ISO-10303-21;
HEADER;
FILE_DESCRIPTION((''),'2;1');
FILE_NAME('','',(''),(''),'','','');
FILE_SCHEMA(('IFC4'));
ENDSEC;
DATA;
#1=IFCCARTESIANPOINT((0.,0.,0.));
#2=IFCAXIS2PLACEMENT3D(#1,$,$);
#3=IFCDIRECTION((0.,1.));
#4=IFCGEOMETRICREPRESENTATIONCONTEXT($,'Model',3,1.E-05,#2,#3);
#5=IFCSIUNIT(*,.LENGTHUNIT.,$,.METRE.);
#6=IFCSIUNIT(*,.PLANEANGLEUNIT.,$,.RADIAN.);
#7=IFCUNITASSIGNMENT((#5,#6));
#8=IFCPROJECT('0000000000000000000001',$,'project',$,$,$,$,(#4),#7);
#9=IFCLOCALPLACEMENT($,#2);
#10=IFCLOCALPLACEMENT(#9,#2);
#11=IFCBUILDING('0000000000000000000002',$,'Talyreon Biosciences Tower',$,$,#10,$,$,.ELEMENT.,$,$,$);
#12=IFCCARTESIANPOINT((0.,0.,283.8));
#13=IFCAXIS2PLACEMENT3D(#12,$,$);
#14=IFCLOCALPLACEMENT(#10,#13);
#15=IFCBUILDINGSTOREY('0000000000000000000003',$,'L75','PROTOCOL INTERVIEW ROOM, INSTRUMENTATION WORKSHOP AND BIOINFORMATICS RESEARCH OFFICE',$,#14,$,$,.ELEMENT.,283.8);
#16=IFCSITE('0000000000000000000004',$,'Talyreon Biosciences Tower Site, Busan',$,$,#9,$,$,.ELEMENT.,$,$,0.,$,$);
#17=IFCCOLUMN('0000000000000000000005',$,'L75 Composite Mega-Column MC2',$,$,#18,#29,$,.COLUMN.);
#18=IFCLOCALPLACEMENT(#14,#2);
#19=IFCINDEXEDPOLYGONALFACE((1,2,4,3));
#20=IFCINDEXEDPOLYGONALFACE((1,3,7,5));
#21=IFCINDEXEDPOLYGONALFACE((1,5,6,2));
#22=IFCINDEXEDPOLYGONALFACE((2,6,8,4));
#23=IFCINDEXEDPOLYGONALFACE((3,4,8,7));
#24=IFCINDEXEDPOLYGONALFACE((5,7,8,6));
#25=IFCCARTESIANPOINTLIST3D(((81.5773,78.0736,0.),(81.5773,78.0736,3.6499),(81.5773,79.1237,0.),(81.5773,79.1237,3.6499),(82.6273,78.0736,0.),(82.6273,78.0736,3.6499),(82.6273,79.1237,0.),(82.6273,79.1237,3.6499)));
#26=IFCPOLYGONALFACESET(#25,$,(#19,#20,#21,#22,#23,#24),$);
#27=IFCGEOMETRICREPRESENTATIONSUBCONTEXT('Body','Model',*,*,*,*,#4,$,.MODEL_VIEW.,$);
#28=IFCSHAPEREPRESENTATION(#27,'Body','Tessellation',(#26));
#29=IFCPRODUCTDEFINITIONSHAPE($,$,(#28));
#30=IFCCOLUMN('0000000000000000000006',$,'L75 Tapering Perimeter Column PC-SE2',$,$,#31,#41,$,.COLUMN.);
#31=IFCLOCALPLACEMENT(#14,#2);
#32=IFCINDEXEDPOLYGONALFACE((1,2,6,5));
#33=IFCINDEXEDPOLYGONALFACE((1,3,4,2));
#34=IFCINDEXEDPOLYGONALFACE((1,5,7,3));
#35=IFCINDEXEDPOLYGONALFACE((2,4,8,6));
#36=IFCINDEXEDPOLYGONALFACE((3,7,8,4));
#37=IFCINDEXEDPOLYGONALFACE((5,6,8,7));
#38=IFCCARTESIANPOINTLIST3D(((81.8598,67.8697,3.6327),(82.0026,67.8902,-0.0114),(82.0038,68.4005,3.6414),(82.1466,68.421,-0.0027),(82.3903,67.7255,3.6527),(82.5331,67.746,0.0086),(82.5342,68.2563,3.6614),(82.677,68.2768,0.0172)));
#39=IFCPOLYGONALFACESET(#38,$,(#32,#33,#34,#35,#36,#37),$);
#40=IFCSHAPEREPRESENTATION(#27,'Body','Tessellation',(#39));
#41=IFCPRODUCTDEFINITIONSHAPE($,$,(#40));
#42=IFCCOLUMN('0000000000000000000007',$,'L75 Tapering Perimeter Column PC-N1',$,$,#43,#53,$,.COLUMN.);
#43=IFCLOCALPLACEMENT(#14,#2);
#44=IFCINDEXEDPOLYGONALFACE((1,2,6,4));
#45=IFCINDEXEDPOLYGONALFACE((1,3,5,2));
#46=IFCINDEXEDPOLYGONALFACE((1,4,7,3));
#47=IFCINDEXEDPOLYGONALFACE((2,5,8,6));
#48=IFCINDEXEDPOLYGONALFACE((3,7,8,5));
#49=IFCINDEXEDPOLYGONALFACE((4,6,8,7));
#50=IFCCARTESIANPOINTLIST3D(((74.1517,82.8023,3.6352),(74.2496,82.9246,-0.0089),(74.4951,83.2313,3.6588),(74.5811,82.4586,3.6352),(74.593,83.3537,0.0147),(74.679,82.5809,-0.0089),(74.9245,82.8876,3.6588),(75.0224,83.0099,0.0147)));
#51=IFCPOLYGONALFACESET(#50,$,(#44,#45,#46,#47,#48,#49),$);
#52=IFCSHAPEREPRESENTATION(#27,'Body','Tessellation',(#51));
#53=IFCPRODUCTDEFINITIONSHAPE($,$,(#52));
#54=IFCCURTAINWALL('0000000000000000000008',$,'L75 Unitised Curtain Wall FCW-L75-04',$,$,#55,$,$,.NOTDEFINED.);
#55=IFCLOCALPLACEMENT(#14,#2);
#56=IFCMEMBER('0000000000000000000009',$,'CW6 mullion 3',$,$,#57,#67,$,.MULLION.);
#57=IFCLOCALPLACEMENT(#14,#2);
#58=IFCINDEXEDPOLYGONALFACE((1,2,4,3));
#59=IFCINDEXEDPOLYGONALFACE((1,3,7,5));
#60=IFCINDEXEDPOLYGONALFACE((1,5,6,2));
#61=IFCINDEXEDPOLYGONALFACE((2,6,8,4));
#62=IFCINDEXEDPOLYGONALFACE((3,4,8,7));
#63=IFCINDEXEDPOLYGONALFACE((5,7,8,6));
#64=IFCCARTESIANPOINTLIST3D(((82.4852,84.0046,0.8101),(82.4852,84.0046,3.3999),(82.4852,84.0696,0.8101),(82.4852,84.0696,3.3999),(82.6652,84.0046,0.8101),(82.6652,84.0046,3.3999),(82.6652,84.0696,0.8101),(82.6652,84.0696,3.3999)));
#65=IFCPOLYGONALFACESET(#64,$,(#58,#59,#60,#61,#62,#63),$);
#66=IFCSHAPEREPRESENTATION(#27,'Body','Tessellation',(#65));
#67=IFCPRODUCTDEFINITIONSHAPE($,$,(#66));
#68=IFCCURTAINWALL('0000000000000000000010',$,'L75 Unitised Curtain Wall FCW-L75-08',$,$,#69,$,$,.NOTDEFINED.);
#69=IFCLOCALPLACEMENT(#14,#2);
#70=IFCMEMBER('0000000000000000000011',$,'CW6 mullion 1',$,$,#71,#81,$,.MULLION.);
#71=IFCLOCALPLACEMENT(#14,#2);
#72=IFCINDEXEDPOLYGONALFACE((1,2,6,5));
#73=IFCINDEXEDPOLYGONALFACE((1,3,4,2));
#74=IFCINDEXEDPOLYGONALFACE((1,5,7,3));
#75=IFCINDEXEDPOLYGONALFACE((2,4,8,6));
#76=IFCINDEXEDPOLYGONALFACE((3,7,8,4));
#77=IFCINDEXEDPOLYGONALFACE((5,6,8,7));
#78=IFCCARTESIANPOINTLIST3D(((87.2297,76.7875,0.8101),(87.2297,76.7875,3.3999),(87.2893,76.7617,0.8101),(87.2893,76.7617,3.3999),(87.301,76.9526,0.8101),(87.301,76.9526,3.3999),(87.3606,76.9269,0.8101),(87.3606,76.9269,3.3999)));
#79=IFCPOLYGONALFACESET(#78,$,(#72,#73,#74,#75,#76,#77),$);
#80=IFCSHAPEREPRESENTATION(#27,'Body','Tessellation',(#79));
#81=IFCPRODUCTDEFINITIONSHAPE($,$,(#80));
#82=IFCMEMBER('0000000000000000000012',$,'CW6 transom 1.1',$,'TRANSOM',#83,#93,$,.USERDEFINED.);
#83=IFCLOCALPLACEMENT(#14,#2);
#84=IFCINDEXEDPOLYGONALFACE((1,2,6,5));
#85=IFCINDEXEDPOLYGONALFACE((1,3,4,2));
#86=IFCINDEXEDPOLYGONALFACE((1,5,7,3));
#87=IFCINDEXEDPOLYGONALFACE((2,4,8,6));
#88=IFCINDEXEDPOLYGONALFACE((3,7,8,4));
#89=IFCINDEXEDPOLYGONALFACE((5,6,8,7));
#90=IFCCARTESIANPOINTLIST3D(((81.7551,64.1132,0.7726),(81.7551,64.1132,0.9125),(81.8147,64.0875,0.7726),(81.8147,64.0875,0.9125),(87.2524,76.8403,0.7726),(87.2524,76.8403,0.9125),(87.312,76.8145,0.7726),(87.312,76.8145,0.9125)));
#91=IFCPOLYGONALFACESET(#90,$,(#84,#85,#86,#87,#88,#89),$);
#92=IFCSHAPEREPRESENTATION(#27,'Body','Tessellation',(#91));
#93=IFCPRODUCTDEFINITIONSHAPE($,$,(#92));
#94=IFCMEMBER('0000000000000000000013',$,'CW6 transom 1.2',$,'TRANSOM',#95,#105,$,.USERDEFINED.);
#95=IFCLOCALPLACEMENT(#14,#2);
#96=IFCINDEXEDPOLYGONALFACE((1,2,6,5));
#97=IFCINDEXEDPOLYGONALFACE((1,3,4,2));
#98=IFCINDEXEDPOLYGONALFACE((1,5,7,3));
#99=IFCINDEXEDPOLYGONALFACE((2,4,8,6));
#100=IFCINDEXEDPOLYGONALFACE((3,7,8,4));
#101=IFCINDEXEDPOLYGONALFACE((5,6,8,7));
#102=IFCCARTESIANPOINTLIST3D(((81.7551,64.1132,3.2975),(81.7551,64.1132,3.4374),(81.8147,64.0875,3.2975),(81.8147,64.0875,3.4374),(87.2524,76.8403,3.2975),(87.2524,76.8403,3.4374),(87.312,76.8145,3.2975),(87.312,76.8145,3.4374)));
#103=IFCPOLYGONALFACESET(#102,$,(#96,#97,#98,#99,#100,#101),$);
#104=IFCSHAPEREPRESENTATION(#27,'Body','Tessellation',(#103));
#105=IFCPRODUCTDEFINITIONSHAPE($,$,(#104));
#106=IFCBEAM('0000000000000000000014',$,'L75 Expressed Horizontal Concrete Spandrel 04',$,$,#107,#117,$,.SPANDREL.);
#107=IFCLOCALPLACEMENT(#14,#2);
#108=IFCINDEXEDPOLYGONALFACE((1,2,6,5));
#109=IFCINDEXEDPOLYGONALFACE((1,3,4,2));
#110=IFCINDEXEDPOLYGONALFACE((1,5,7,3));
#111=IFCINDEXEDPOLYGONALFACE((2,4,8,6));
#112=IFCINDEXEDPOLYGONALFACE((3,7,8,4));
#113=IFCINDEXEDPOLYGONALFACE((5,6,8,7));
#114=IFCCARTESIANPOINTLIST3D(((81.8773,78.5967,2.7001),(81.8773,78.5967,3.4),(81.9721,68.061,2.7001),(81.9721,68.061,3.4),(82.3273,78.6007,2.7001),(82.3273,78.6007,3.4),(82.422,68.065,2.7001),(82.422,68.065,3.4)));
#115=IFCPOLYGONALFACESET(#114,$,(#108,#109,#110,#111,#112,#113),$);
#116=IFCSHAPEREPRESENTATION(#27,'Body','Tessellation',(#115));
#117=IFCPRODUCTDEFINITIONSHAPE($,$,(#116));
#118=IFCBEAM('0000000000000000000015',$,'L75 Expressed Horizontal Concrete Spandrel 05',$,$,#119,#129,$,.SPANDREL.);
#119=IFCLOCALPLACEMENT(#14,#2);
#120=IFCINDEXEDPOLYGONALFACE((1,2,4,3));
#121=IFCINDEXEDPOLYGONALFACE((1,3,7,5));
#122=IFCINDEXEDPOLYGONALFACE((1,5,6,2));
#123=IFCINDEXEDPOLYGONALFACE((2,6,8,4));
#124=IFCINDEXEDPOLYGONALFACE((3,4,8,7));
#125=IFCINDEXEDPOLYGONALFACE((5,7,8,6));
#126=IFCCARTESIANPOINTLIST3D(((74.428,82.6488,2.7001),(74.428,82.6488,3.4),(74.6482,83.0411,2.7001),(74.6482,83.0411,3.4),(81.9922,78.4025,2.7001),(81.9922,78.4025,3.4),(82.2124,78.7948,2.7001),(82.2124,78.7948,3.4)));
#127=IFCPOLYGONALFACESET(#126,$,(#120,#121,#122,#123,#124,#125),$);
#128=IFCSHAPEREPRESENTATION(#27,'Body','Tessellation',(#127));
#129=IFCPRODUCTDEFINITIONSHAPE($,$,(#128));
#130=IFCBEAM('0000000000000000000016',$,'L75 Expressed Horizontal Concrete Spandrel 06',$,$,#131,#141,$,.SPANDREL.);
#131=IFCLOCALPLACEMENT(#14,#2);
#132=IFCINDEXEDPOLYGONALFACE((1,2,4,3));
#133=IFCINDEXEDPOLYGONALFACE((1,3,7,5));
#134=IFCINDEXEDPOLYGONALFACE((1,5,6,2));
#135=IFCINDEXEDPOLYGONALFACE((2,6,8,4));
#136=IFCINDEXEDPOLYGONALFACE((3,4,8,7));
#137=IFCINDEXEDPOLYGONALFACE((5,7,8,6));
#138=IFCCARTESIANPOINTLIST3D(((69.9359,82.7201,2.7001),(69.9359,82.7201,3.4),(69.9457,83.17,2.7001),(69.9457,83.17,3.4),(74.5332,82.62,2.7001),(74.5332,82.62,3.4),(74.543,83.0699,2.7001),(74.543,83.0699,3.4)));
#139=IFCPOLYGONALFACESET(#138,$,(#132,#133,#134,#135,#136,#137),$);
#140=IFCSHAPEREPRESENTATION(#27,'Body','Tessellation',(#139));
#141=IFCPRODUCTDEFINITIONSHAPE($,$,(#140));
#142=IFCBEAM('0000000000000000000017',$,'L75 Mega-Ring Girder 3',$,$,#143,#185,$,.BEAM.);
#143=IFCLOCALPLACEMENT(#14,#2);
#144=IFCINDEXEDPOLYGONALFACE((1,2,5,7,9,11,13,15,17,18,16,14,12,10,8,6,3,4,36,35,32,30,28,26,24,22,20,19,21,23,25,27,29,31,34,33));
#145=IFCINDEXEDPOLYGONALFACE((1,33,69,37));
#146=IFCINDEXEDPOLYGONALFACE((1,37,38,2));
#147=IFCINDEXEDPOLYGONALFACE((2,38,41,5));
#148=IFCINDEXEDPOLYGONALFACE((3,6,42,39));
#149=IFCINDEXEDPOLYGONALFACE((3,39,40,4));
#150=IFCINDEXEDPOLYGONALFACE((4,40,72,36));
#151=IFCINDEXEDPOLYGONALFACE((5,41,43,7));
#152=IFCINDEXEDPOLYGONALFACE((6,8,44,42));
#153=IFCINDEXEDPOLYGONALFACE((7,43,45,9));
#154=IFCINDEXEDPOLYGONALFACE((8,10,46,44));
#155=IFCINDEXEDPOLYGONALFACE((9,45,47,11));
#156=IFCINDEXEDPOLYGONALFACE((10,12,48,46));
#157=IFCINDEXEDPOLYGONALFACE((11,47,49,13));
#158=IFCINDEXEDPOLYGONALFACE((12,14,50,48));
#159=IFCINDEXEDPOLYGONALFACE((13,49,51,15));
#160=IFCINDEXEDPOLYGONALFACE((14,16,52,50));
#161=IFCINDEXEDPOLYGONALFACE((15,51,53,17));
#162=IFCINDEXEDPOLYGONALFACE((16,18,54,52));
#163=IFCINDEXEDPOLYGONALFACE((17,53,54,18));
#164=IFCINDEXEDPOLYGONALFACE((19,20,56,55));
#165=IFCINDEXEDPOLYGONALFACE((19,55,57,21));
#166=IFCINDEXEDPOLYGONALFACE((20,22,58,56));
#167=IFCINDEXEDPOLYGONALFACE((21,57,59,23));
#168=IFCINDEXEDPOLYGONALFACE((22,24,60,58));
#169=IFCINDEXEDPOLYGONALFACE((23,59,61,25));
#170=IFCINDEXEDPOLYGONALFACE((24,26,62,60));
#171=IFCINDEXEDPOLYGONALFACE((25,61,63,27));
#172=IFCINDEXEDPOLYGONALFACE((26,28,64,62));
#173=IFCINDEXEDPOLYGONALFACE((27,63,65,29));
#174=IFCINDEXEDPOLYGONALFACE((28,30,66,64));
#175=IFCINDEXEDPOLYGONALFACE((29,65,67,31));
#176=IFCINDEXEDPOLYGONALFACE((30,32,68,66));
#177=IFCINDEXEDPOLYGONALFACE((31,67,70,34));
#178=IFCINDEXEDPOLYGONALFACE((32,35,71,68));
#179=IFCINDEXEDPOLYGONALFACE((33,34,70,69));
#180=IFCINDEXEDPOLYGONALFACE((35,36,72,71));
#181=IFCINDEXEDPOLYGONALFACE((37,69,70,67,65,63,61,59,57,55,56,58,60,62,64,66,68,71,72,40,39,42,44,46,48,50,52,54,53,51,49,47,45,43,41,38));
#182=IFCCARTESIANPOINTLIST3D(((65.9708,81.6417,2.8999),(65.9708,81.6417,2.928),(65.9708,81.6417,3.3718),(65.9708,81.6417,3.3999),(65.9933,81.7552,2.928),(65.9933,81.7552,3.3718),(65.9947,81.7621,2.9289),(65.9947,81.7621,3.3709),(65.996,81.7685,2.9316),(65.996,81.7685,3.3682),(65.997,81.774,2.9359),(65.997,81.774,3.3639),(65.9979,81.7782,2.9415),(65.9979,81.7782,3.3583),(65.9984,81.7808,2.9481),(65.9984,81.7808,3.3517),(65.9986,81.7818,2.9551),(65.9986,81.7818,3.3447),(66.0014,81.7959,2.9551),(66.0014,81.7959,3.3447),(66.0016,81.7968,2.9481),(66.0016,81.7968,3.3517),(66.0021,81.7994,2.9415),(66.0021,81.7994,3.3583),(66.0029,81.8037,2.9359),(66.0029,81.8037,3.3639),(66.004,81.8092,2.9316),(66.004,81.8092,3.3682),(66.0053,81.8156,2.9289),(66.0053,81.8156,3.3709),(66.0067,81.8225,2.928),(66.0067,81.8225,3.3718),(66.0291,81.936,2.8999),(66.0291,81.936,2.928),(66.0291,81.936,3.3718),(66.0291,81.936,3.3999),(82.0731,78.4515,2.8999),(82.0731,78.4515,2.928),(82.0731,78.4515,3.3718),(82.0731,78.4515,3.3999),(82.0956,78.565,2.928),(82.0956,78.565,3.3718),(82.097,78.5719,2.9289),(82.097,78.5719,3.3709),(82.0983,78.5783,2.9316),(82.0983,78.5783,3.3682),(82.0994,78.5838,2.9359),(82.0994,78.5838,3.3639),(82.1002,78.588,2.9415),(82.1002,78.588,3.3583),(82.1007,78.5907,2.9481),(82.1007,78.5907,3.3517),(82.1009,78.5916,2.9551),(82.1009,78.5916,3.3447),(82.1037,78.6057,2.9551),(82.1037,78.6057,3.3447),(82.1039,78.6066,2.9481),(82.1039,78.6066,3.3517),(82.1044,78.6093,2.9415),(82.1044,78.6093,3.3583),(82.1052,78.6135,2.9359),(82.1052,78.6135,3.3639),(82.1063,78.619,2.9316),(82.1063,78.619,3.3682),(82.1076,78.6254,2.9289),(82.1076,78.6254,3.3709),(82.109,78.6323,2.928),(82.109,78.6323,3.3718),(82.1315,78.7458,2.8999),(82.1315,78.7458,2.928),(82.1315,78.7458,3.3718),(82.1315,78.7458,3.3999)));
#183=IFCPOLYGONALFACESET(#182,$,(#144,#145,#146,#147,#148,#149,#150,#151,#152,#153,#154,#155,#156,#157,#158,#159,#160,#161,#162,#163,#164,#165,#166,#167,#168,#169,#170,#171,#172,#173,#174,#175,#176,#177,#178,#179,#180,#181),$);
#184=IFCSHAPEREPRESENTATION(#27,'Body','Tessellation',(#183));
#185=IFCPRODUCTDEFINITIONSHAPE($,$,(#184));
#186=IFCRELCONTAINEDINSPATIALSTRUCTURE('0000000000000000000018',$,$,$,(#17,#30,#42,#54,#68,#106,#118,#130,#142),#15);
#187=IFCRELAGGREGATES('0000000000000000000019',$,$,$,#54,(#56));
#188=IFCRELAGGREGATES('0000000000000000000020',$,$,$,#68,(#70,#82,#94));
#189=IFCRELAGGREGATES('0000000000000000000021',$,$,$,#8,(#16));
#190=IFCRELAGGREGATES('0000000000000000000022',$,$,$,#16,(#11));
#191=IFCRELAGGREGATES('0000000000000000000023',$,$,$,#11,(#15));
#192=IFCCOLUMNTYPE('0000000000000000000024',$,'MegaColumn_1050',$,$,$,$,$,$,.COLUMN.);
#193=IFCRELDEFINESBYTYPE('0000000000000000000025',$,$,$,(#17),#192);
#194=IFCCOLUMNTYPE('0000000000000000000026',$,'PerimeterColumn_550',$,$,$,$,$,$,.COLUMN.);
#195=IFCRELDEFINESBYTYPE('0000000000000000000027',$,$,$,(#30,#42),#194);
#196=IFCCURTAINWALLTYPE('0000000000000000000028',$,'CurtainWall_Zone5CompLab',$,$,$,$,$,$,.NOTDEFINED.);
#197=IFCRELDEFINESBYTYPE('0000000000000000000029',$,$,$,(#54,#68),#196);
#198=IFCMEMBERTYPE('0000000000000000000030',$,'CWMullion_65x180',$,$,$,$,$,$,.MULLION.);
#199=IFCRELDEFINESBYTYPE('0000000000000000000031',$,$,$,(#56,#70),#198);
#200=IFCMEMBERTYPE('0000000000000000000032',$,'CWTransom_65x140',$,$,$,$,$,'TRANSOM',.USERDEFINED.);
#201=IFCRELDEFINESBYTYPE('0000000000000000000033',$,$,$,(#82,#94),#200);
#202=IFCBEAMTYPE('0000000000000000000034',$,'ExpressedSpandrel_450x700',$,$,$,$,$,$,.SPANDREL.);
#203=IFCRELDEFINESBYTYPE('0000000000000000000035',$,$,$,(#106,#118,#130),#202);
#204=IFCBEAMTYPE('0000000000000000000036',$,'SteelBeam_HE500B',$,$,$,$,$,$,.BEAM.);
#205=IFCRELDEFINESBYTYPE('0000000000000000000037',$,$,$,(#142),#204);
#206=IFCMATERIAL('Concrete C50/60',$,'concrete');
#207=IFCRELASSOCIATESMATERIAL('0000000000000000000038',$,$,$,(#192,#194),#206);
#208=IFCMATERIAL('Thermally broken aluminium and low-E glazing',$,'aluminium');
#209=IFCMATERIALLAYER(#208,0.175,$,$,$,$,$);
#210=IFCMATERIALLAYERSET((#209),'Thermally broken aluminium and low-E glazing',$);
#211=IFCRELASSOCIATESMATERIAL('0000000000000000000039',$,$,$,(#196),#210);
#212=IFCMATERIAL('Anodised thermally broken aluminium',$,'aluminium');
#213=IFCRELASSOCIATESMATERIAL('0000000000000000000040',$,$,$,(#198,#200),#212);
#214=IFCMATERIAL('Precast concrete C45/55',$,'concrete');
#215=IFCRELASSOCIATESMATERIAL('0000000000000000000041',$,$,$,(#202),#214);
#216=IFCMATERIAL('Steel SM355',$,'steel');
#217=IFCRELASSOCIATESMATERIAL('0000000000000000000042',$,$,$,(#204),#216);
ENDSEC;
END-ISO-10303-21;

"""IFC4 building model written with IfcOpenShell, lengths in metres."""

from ifc_helpers import new_model, si_unit, direction, frame, origin, origin_2d, place, context, subcontext, project, spatial, rectangle, i_section, extrude, material, layer, layer_set, material_profile, profile_set, type_object, element, aggregate, save


model = new_model("IFC4")

# Units and contexts
model_context = context("Model", 3, precision=1e-05, world=origin(), true_north=direction((0.0, 1.0)))
body_context = subcontext(model_context, "Body", "Model", "MODEL_VIEW")
ifc_project = project(units=[si_unit("LENGTHUNIT", "METRE"), si_unit("PLANEANGLEUNIT", "RADIAN")], contexts=[model_context])

# Site, building, storey
site_placement = place(None, origin())
site = spatial("IfcSite", under=ifc_project, at=site_placement, Name="Talyreon Biosciences Tower Site, Busan", CompositionType="ELEMENT", RefElevation=0.0)
building_placement = place(site_placement, origin())
building = spatial("IfcBuilding", under=site, at=building_placement, Name="Talyreon Biosciences Tower", CompositionType="ELEMENT")
storey_placement = place(building_placement, frame((0.0, 0.0, 283.8)))
storey = spatial("IfcBuildingStorey", under=building, at=storey_placement, Name="L75", Description="PROTOCOL INTERVIEW ROOM, INSTRUMENTATION WORKSHOP AND BIOINFORMATICS RESEARCH OFFICE", CompositionType="ELEMENT", Elevation=283.8)

# Columns
ifc_material_1 = material(Name="Concrete C50/60", Category="concrete")
ifc_material_profile_1 = material_profile(ifc_material_1, rectangle(XDim=1.05, YDim=1.05, at=origin_2d()), Name="RC 1050x1050")
ifc_profile_set_1 = profile_set([ifc_material_profile_1], Name="Concrete C50/60")
column_type_1 = type_object("IfcColumnType", Name="MegaColumn_1050", PredefinedType="COLUMN", material=ifc_profile_set_1)
column_1_placement = place(storey_placement, frame((82.1023, 78.5986, 0.0), z_axis=(0.0, 0.0, 1.0), x_axis=(1.0, 0.0, 0.0)))
element("IfcColumn", 1, at=column_1_placement, inside=storey, type_object=column_type_1, Name="L75 Composite Mega-Column MC2", PredefinedType="COLUMN", context=body_context, shape_type="SweptSolid", body=[
    extrude(rectangle(XDim=1.05, YDim=1.05, at=origin_2d()), origin(), (0.0, 0.0, 1.0), 3.6499),
])
ifc_material_profile_2 = material_profile(ifc_material_1, rectangle(XDim=0.55, YDim=0.55, at=origin_2d()), Name="RC 550x550")
ifc_profile_set_2 = profile_set([ifc_material_profile_2], Name="Concrete C50/60")
column_type_2 = type_object("IfcColumnType", Name="PerimeterColumn_550", PredefinedType="COLUMN", material=ifc_profile_set_2)
column_2_placement = place(storey_placement, frame((82.3398, 68.0835, 0.0029), z_axis=(-0.039163, -0.005623, 0.999217), x_axis=(0.964352, -0.262119, 0.036321)))
element("IfcColumn", 2, at=column_2_placement, inside=storey, type_object=column_type_2, Name="L75 Tapering Perimeter Column PC-SE2", PredefinedType="COLUMN", context=body_context, shape_type="SweptSolid", body=[
    extrude(rectangle(XDim=0.55, YDim=0.55, at=origin_2d()), origin(), (0.0, 0.0, 1.0), 3.647),
])
column_3_placement = place(storey_placement, frame((74.636, 82.9673, 0.0029), z_axis=(-0.026841, -0.033535, 0.999077), x_axis=(-0.780717, 0.624885, 0.0)))
element("IfcColumn", 3, at=column_3_placement, inside=storey, type_object=column_type_2, Name="L75 Tapering Perimeter Column PC-N1", PredefinedType="COLUMN", context=body_context, shape_type="SweptSolid", body=[
    extrude(rectangle(XDim=0.55, YDim=0.55, at=origin_2d()), origin(), (0.0, 0.0, 1.0), 3.6475),
])

# Curtain wall, member
ifc_material_2 = material(Name="Thermally broken aluminium and low-E glazing", Category="aluminium")
ifc_layer_1 = layer(ifc_material_2, 0.175)
ifc_layer_set_1 = layer_set([ifc_layer_1], Name="Thermally broken aluminium and low-E glazing")
curtain_wall_type = type_object("IfcCurtainWallType", Name="CurtainWall_Zone5CompLab", PredefinedType="NOTDEFINED", material=ifc_layer_set_1)
curtain_wall_1_placement = place(storey_placement, origin())
curtain_wall_1 = element("IfcCurtainWall", 4, at=curtain_wall_1_placement, inside=storey, type_object=curtain_wall_type, Name="L75 Unitised Curtain Wall FCW-L75-04", PredefinedType="NOTDEFINED")
ifc_material_3 = material(Name="Anodised thermally broken aluminium", Category="aluminium")
ifc_material_profile_3 = material_profile(ifc_material_3, rectangle(XDim=0.0649, YDim=0.1799, at=origin_2d()), Name="ALUM MULLION 65x180")
ifc_profile_set_3 = profile_set([ifc_material_profile_3], Name="Anodised thermally broken aluminium")
member_type_1 = type_object("IfcMemberType", Name="CWMullion_65x180", PredefinedType="MULLION", material=ifc_profile_set_3)
member_1_placement = place(storey_placement, frame((82.5752, 84.0371, 0.8101), z_axis=(0.0, 0.0, 1.0), x_axis=(0.0, 1.0, 0.0)))
member_1 = element("IfcMember", 5, at=member_1_placement, type_object=member_type_1, Name="CW6 mullion 3", PredefinedType="MULLION", context=body_context, shape_type="SweptSolid", body=[
    extrude(rectangle(XDim=0.0649, YDim=0.1799, at=origin_2d()), origin(), (0.0, 0.0, 1.0), 2.5898),
])

# Curtain wall, members
curtain_wall_2_placement = place(storey_placement, origin())
curtain_wall_2 = element("IfcCurtainWall", 6, at=curtain_wall_2_placement, inside=storey, type_object=curtain_wall_type, Name="L75 Unitised Curtain Wall FCW-L75-08", PredefinedType="NOTDEFINED")
member_2_placement = place(storey_placement, frame((87.2952, 76.8572, 0.8101), z_axis=(0.0, 0.0, 1.0), x_axis=(0.918022, -0.396528, 0.0)))
member_2 = element("IfcMember", 7, at=member_2_placement, type_object=member_type_1, Name="CW6 mullion 1", PredefinedType="MULLION", context=body_context, shape_type="SweptSolid", body=[
    extrude(rectangle(XDim=0.0649, YDim=0.1799, at=origin_2d()), origin(), (0.0, 0.0, 1.0), 2.5898),
])
ifc_material_profile_4 = material_profile(ifc_material_3, rectangle(XDim=0.0649, YDim=0.1399, at=origin_2d()), Name="ALUM TRANSOM 65x140")
ifc_profile_set_4 = profile_set([ifc_material_profile_4], Name="Anodised thermally broken aluminium")
member_type_2 = type_object("IfcMemberType", Name="CWTransom_65x140", ElementType="TRANSOM", PredefinedType="USERDEFINED", material=ifc_profile_set_4)
member_3_placement = place(storey_placement, frame((87.2822, 76.8274, 0.8425), z_axis=(-0.39653, -0.918022, 0.0), x_axis=(0.918022, -0.39653, 0.0)))
member_3 = element("IfcMember", 8, at=member_3_placement, type_object=member_type_2, Name="CW6 transom 1.1", ObjectType="TRANSOM", PredefinedType="USERDEFINED", context=body_context, shape_type="SweptSolid", body=[
    extrude(rectangle(XDim=0.0649, YDim=0.1399, at=origin_2d()), origin(), (0.0, 0.0, 1.0), 13.8635),
])
member_4_placement = place(storey_placement, frame((87.2822, 76.8274, 3.3674), z_axis=(-0.39653, -0.918022, 0.0), x_axis=(0.918022, -0.39653, 0.0)))
member_4 = element("IfcMember", 9, at=member_4_placement, type_object=member_type_2, Name="CW6 transom 1.2", ObjectType="TRANSOM", PredefinedType="USERDEFINED", context=body_context, shape_type="SweptSolid", body=[
    extrude(rectangle(XDim=0.0649, YDim=0.1399, at=origin_2d()), origin(), (0.0, 0.0, 1.0), 13.8635),
])

# Beams
ifc_material_4 = material(Name="Precast concrete C45/55", Category="concrete")
ifc_material_profile_5 = material_profile(ifc_material_4, rectangle(XDim=0.45, YDim=0.7, at=origin_2d()), Name="RCB 450x700")
ifc_profile_set_5 = profile_set([ifc_material_profile_5], Name="Precast concrete C45/55")
beam_type_1 = type_object("IfcBeamType", Name="ExpressedSpandrel_450x700", PredefinedType="SPANDREL", material=ifc_profile_set_5)
beam_1_placement = place(storey_placement, frame((82.197, 68.063, 3.05), z_axis=(-0.008991, 0.99996, 0.0), x_axis=(-0.99996, -0.008991, 0.0)))
element("IfcBeam", 10, at=beam_1_placement, inside=storey, type_object=beam_type_1, Name="L75 Expressed Horizontal Concrete Spandrel 04", PredefinedType="SPANDREL", context=body_context, shape_type="SweptSolid", body=[
    extrude(rectangle(XDim=0.45, YDim=0.7, at=origin_2d()), origin(), (0.0, 0.0, 1.0), 10.5361),
])
beam_2_placement = place(storey_placement, frame((82.1023, 78.5986, 3.05), z_axis=(-0.871995, 0.489514, 0.0), x_axis=(-0.489514, -0.871995, 0.0)))
element("IfcBeam", 11, at=beam_2_placement, inside=storey, type_object=beam_type_1, Name="L75 Expressed Horizontal Concrete Spandrel 05", PredefinedType="SPANDREL", context=body_context, shape_type="SweptSolid", body=[
    extrude(rectangle(XDim=0.45, YDim=0.7, at=origin_2d()), origin(), (0.0, 0.0, 1.0), 8.6746),
])
beam_3_placement = place(storey_placement, frame((74.5381, 82.845, 3.05), z_axis=(-0.999763, 0.021767, 0.0), x_axis=(-0.021767, -0.999763, 0.0)))
element("IfcBeam", 12, at=beam_3_placement, inside=storey, type_object=beam_type_1, Name="L75 Expressed Horizontal Concrete Spandrel 06", PredefinedType="SPANDREL", context=body_context, shape_type="SweptSolid", body=[
    extrude(rectangle(XDim=0.45, YDim=0.7, at=origin_2d()), origin(), (0.0, 0.0, 1.0), 4.5984),
])
ifc_material_5 = material(Name="Steel SM355", Category="steel")
ifc_material_profile_6 = material_profile(ifc_material_5, i_section(OverallWidth=0.3, OverallDepth=0.5, WebThickness=0.0144, FlangeThickness=0.0281, FilletRadius=0.0271, at=origin_2d()), Name="HE500B")
ifc_profile_set_6 = profile_set([ifc_material_profile_6], Name="Steel SM355")
beam_type_2 = type_object("IfcBeamType", Name="SteelBeam_HE500B", PredefinedType="BEAM", material=ifc_profile_set_6)
beam_4_placement = place(storey_placement, frame((82.1023, 78.5986, 3.1499), z_axis=(-0.980934, 0.194343, 0.0), x_axis=(-0.194343, -0.980934, 0.0)))
element("IfcBeam", 13, at=beam_4_placement, inside=storey, type_object=beam_type_2, Name="L75 Mega-Ring Girder 3", PredefinedType="BEAM", context=body_context, shape_type="SweptSolid", body=[
    extrude(i_section(OverallWidth=0.3, OverallDepth=0.5, WebThickness=0.0144, FlangeThickness=0.0281, FilletRadius=0.0271, at=origin_2d()), origin(), (0.0, 0.0, 1.0), 16.4153),
])

aggregate(curtain_wall_1, [member_1])
aggregate(curtain_wall_2, [member_2, member_3, member_4])

save(model, "model.ifc")
